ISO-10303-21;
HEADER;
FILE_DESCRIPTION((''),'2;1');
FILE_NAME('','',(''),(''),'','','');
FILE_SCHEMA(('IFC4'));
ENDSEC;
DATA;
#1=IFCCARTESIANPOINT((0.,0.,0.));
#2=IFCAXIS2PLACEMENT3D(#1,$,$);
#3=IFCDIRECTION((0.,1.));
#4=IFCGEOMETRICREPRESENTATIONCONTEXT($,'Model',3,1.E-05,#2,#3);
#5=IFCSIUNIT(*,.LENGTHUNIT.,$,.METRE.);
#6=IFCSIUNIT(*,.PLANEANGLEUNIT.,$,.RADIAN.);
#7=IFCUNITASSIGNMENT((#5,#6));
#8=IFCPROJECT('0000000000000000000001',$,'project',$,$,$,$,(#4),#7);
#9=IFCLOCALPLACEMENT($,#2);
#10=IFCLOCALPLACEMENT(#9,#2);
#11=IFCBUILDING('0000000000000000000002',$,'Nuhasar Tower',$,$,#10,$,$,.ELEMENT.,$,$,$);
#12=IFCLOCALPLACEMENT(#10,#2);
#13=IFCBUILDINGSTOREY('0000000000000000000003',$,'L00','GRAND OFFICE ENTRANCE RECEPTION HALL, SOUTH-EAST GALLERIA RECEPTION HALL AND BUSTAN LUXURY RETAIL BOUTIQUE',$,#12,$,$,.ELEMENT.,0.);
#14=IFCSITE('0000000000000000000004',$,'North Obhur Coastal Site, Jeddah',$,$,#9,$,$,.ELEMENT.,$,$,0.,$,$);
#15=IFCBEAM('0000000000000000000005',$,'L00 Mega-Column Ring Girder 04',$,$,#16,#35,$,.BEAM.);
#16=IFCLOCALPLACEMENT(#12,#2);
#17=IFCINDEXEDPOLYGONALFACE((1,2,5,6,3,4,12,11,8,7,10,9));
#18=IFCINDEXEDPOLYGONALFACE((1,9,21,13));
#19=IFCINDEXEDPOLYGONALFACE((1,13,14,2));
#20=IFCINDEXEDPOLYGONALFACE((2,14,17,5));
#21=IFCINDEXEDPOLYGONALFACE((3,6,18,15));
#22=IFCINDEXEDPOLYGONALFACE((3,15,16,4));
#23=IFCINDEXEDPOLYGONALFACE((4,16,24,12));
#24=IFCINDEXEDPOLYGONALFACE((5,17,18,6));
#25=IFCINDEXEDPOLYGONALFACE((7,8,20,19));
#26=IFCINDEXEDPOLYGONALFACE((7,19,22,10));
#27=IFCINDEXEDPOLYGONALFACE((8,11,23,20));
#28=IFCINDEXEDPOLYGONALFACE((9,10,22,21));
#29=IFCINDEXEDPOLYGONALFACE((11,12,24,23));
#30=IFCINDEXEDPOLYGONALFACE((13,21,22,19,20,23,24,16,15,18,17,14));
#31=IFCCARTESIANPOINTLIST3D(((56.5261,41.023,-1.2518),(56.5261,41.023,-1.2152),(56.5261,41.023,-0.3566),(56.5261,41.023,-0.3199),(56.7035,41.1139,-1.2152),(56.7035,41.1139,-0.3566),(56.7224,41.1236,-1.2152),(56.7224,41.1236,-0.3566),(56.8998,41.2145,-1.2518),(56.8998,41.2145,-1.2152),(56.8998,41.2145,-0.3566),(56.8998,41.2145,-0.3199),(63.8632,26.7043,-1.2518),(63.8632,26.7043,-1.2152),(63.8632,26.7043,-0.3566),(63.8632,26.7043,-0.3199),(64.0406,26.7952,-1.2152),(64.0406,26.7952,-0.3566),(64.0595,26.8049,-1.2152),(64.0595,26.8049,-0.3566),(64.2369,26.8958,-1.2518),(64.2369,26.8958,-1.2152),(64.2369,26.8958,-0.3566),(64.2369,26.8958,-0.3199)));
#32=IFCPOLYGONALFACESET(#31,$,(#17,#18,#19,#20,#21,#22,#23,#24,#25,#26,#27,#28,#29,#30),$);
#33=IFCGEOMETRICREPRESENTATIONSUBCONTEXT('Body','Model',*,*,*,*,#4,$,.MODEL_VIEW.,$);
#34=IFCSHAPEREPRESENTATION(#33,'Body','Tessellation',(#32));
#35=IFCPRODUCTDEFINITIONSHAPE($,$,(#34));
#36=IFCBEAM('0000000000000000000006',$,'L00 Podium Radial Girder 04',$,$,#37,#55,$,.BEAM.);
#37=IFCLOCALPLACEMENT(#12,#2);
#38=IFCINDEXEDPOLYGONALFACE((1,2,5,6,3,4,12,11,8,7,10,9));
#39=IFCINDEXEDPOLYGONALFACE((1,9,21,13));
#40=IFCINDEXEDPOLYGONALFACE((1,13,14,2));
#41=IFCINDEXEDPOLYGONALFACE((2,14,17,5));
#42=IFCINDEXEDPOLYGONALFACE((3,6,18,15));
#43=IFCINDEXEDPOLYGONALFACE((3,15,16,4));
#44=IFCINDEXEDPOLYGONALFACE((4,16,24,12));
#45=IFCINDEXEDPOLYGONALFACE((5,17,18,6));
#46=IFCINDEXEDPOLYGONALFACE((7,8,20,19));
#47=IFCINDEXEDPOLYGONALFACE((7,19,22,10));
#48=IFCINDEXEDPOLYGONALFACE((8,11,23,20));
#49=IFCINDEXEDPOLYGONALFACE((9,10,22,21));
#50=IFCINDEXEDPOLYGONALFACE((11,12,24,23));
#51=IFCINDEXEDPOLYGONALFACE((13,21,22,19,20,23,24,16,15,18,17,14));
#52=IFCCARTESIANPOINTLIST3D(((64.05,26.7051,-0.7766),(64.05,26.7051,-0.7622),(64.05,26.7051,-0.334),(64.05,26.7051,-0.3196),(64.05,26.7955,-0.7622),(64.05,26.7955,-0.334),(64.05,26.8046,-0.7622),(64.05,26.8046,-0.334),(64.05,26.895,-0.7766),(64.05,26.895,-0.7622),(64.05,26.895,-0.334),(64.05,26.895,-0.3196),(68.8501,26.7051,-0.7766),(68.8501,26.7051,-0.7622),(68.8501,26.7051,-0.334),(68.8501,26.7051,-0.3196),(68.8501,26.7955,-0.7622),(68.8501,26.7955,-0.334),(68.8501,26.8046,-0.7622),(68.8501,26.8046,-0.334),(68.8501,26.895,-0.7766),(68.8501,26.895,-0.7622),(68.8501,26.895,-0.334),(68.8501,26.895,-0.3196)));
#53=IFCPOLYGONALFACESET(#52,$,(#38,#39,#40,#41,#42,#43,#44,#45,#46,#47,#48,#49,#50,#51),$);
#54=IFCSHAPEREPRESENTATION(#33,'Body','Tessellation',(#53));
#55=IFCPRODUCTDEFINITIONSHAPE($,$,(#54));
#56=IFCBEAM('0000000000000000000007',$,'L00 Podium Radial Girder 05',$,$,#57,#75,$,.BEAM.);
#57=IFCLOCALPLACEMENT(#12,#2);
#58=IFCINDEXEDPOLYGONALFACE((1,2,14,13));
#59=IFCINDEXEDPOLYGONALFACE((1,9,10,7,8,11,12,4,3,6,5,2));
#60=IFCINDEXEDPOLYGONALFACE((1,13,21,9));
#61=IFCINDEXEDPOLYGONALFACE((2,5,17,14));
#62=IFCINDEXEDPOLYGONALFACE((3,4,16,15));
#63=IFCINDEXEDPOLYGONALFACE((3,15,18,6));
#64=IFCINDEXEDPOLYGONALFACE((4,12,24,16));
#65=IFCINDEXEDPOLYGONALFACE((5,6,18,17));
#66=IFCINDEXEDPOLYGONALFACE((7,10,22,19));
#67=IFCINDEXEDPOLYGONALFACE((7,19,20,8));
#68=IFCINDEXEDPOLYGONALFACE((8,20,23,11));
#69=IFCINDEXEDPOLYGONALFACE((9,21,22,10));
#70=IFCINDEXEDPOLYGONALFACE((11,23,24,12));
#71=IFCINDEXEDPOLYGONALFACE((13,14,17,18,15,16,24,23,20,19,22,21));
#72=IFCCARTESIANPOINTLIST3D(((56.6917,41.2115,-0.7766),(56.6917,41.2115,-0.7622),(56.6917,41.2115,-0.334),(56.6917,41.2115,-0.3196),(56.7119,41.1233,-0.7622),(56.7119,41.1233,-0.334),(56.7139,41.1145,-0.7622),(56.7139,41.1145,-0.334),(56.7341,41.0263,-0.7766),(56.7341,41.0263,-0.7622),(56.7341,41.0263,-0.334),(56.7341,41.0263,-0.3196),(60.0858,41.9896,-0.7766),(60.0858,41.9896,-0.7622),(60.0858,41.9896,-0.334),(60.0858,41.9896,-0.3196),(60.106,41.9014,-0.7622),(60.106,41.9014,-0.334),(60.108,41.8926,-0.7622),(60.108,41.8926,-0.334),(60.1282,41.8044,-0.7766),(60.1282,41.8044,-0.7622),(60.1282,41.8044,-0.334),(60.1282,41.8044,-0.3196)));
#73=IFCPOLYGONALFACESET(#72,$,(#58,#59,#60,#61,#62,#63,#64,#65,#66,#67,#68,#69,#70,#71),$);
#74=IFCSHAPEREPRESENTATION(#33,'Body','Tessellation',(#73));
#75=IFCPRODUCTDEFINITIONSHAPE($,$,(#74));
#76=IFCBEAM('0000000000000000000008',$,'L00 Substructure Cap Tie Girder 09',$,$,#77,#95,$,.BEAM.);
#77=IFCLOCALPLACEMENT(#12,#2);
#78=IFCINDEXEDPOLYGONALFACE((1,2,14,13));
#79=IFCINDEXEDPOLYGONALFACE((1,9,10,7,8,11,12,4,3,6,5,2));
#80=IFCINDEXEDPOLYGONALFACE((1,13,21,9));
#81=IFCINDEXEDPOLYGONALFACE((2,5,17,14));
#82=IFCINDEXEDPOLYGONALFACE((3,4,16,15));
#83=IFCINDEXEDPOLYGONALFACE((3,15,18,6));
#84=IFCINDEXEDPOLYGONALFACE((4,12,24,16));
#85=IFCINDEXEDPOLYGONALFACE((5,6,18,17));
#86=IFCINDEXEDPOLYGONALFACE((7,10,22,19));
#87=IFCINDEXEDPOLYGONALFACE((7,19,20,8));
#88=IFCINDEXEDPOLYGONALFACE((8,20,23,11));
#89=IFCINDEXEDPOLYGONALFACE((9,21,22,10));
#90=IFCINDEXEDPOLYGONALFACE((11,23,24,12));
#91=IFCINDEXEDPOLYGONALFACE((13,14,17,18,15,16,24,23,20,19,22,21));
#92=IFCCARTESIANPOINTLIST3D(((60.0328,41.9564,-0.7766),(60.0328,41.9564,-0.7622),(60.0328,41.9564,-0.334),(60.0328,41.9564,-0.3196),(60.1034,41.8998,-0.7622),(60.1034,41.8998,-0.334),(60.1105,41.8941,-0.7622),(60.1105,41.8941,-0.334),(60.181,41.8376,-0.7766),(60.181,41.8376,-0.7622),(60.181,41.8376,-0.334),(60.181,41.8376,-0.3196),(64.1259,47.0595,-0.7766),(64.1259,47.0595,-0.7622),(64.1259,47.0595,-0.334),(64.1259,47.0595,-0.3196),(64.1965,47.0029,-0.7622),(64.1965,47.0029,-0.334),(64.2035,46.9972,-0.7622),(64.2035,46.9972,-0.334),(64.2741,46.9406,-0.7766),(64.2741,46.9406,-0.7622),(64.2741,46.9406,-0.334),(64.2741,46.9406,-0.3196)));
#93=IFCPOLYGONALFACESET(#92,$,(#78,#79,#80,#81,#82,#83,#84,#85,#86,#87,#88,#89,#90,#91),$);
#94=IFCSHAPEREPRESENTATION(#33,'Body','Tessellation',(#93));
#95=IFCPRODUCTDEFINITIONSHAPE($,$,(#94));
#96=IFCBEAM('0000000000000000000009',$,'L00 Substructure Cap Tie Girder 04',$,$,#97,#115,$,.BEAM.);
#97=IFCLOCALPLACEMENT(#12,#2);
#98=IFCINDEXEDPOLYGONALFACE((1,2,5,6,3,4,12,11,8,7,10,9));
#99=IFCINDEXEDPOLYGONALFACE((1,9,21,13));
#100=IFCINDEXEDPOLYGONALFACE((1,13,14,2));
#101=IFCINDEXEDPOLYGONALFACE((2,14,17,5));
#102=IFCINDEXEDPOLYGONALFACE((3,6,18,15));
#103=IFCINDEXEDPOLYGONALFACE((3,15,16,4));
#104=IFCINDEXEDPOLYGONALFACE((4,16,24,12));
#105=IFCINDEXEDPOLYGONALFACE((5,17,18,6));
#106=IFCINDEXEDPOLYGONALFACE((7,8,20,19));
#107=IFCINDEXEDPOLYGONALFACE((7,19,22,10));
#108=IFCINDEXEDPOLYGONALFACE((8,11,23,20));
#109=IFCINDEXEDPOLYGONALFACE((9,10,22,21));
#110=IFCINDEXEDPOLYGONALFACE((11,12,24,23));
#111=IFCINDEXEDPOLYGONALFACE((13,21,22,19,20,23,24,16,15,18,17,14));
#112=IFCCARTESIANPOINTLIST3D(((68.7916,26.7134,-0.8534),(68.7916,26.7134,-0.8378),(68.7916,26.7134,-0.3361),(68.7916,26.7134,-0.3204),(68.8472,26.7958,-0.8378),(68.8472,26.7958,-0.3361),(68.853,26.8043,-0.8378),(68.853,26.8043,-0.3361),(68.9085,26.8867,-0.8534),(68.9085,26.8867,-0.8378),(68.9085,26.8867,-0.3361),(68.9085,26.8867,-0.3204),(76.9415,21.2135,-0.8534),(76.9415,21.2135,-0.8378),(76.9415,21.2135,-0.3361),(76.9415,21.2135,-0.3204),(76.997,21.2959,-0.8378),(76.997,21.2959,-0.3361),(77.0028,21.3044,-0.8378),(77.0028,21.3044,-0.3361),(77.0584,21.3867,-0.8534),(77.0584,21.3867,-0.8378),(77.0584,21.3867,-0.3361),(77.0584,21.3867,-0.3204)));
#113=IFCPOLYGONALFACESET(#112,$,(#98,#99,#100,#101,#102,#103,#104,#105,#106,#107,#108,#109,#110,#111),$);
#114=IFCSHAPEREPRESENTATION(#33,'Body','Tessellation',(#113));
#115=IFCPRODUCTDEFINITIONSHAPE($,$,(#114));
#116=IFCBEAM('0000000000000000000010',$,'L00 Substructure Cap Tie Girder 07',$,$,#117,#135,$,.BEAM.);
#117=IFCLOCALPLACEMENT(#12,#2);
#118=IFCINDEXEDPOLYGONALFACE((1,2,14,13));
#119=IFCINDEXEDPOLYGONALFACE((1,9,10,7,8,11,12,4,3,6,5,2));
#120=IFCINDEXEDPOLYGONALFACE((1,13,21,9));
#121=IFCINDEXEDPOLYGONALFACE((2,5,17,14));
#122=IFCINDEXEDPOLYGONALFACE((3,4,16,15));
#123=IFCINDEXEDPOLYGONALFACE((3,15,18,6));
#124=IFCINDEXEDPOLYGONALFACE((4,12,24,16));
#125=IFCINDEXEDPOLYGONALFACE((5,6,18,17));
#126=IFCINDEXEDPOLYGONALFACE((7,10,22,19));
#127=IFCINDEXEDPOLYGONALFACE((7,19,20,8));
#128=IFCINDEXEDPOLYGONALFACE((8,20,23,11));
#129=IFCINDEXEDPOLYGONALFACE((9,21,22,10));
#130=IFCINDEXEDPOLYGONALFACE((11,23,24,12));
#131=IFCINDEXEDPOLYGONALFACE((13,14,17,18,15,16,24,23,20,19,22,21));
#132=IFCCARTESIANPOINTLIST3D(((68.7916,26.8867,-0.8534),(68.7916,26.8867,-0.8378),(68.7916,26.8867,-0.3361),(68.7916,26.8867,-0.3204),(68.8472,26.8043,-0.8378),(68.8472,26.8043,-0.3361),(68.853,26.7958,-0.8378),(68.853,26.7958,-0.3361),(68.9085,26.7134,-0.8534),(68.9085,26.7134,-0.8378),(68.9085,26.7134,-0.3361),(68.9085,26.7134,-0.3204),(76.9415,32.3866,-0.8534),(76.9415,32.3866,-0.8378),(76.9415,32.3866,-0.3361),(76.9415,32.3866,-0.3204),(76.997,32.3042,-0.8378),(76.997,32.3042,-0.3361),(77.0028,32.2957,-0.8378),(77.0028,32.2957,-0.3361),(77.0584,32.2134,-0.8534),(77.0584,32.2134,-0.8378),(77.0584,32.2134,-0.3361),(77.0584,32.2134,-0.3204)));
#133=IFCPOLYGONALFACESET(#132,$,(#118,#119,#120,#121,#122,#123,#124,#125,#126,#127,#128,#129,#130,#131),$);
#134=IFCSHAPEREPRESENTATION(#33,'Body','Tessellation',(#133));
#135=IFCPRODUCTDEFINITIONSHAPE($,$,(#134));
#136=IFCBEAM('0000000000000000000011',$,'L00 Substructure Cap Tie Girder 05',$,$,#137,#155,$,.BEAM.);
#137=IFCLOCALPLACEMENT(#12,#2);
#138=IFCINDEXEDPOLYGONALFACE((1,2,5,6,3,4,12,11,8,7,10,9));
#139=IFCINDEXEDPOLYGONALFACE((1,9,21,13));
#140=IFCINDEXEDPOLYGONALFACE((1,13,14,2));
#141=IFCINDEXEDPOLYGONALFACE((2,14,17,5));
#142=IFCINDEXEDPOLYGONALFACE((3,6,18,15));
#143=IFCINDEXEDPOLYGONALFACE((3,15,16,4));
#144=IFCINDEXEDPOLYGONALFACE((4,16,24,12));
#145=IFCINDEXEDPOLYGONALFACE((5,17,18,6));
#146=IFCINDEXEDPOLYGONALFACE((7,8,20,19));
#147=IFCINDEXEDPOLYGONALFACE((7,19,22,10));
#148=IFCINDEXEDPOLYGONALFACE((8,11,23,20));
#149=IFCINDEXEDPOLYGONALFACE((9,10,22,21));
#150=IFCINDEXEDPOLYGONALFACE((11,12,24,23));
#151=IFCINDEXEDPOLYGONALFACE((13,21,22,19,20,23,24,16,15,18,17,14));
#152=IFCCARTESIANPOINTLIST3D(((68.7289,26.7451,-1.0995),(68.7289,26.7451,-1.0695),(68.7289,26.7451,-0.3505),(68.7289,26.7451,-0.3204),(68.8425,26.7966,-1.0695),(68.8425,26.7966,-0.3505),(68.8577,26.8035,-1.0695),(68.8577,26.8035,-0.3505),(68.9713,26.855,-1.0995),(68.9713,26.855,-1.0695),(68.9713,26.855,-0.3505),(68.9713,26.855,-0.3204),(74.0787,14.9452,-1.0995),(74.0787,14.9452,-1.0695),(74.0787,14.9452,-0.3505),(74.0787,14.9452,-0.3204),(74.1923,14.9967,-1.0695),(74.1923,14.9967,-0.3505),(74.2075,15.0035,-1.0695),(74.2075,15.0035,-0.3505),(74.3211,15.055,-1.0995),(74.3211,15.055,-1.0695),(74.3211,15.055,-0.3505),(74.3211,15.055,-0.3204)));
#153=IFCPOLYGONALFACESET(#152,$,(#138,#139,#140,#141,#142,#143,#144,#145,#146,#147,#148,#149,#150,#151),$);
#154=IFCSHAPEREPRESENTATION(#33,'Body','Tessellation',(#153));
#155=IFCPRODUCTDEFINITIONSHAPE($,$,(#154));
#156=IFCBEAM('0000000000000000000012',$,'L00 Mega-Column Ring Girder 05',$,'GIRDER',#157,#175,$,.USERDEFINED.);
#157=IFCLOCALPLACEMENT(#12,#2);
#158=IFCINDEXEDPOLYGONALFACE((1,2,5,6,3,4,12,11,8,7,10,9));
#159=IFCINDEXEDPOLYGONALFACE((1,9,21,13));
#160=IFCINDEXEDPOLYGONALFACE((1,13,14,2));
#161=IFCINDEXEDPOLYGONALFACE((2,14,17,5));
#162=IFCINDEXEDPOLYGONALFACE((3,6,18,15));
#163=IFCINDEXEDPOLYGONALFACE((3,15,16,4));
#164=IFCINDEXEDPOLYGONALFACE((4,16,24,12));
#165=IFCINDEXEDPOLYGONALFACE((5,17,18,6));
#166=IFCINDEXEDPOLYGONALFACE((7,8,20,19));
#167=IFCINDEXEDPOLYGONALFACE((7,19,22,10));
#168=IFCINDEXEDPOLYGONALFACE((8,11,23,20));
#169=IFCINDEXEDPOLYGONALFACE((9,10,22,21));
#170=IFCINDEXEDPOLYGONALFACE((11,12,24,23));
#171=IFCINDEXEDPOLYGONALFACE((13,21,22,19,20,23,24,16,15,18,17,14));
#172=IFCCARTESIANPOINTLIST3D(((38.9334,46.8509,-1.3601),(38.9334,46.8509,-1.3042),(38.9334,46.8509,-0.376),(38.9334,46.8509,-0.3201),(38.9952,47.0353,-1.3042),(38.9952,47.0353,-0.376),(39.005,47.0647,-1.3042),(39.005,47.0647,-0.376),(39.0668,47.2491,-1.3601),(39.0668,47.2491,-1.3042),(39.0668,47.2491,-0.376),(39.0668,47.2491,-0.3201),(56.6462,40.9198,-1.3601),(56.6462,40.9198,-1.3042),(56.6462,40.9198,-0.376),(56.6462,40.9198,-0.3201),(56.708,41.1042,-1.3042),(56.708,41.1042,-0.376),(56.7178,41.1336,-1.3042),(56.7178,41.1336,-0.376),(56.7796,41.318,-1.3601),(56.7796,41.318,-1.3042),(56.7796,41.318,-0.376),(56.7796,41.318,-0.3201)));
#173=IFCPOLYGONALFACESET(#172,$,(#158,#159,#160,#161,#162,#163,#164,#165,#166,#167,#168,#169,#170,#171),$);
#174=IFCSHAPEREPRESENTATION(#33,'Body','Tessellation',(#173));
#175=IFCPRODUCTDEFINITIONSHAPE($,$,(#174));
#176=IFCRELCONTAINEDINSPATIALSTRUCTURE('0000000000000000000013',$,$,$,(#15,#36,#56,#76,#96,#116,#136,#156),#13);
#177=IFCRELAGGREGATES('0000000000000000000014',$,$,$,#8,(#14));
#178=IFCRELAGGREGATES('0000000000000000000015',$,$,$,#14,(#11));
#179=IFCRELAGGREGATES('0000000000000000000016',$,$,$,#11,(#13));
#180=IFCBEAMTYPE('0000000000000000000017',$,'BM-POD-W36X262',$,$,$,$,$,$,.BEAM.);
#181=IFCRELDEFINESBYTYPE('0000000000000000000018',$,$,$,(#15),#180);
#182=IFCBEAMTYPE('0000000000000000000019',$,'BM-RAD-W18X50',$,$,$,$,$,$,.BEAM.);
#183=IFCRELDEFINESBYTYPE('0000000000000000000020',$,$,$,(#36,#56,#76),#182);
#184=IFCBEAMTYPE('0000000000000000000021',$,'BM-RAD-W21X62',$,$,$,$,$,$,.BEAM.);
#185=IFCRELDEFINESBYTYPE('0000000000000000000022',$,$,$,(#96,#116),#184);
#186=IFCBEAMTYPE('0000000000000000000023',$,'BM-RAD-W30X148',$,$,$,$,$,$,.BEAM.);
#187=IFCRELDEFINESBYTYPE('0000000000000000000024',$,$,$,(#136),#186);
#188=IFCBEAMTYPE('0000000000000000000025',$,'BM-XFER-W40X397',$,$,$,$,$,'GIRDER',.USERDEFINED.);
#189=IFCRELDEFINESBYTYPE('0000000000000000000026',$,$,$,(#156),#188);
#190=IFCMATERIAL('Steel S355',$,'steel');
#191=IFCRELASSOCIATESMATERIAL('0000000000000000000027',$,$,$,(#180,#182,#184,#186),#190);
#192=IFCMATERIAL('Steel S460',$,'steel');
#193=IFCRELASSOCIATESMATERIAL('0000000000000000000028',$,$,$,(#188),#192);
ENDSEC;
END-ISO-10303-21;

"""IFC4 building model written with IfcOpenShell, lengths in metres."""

from ifc_helpers import new_model, si_unit, direction, frame, origin, origin_2d, place, context, subcontext, project, spatial, i_section, extrude, material, material_profile, profile_set, type_object, element, save


model = new_model("IFC4")

# Units and contexts
model_context = context("Model", 3, precision=1e-05, world=origin(), true_north=direction((0.0, 1.0)))
body_context = subcontext(model_context, "Body", "Model", "MODEL_VIEW")
ifc_project = project(units=[si_unit("LENGTHUNIT", "METRE"), si_unit("PLANEANGLEUNIT", "RADIAN")], contexts=[model_context])

# Site, building, storey
site_placement = place(None, origin())
site = spatial("IfcSite", under=ifc_project, at=site_placement, Name="North Obhur Coastal Site, Jeddah", CompositionType="ELEMENT", RefElevation=0.0)
building_placement = place(site_placement, origin())
building = spatial("IfcBuilding", under=site, at=building_placement, Name="Nuhasar Tower", CompositionType="ELEMENT")
storey_placement = place(building_placement, origin())
storey = spatial("IfcBuildingStorey", under=building, at=storey_placement, Name="L00", Description="GRAND OFFICE ENTRANCE RECEPTION HALL, SOUTH-EAST GALLERIA RECEPTION HALL AND BUSTAN LUXURY RETAIL BOUTIQUE", CompositionType="ELEMENT", Elevation=0.0)

# Beams
ifc_material_1 = material(Name="Steel S355", Category="steel")
ifc_material_profile_1 = material_profile(ifc_material_1, i_section(OverallWidth=0.4199, OverallDepth=0.9319, WebThickness=0.0212, FlangeThickness=0.0366, at=origin_2d()), Name="W36X262")
ifc_profile_set_1 = profile_set([ifc_material_profile_1], Name="Steel S355")
beam_type_1 = type_object("IfcBeamType", Name="BM-POD-W36X262", PredefinedType="BEAM", material=ifc_profile_set_1)
beam_1_placement = place(storey_placement, frame((64.05, 26.8, -0.7859), z_axis=(-0.456029, 0.889965, 0.0), x_axis=(-0.889965, -0.456029, 0.0)))
element("IfcBeam", 1, at=beam_1_placement, inside=storey, type_object=beam_type_1, Name="L00 Mega-Column Ring Girder 04", PredefinedType="BEAM", context=body_context, shape_type="SweptSolid", body=[
    extrude(i_section(OverallWidth=0.4199, OverallDepth=0.9319, WebThickness=0.0212, FlangeThickness=0.0366, at=origin_2d()), origin(), (0.0, 0.0, 1.0), 16.0891),
])
ifc_material_profile_2 = material_profile(ifc_material_1, i_section(OverallWidth=0.1899, OverallDepth=0.457, WebThickness=0.009, FlangeThickness=0.0144, at=origin_2d()), Name="W18X50")
ifc_profile_set_2 = profile_set([ifc_material_profile_2], Name="Steel S355")
beam_type_2 = type_object("IfcBeamType", Name="BM-RAD-W18X50", PredefinedType="BEAM", material=ifc_profile_set_2)
beam_2_placement = place(storey_placement, frame((64.05, 26.8, -0.5481), z_axis=(1.0, 0.0, 0.0), x_axis=(0.0, 1.0, 0.0)))
element("IfcBeam", 2, at=beam_2_placement, inside=storey, type_object=beam_type_2, Name="L00 Podium Radial Girder 04", PredefinedType="BEAM", context=body_context, shape_type="SweptSolid", body=[
    extrude(i_section(OverallWidth=0.1899, OverallDepth=0.457, WebThickness=0.009, FlangeThickness=0.0144, at=origin_2d()), origin(), (0.0, 0.0, 1.0), 4.8),
])
beam_3_placement = place(storey_placement, frame((56.7129, 41.1189, -0.5481), z_axis=(0.974715, 0.223451, 0.0), x_axis=(-0.223451, 0.974715, 0.0)))
element("IfcBeam", 3, at=beam_3_placement, inside=storey, type_object=beam_type_2, Name="L00 Podium Radial Girder 05", PredefinedType="BEAM", context=body_context, shape_type="SweptSolid", body=[
    extrude(i_section(OverallWidth=0.1899, OverallDepth=0.457, WebThickness=0.009, FlangeThickness=0.0144, at=origin_2d()), origin(), (0.0, 0.0, 1.0), 3.4822),
])
beam_4_placement = place(storey_placement, frame((60.1069, 41.897, -0.5481), z_axis=(0.625682, 0.780078, 0.0), x_axis=(-0.780078, 0.625682, 0.0)))
element("IfcBeam", 4, at=beam_4_placement, inside=storey, type_object=beam_type_2, Name="L00 Substructure Cap Tie Girder 09", PredefinedType="BEAM", context=body_context, shape_type="SweptSolid", body=[
    extrude(i_section(OverallWidth=0.1899, OverallDepth=0.457, WebThickness=0.009, FlangeThickness=0.0144, at=origin_2d()), origin(), (0.0, 0.0, 1.0), 6.5417),
])
ifc_material_profile_3 = material_profile(ifc_material_1, i_section(OverallWidth=0.209, OverallDepth=0.533, WebThickness=0.0103, FlangeThickness=0.0156, at=origin_2d()), Name="W21X62")
ifc_profile_set_3 = profile_set([ifc_material_profile_3], Name="Steel S355")
beam_type_3 = type_object("IfcBeamType", Name="BM-RAD-W21X62", PredefinedType="BEAM", material=ifc_profile_set_3)
for number, where, z_axis, x_axis, name in (
    (5, (68.8501, 26.8, -0.5869), (0.828905, -0.55939, 0.0), (0.55939, 0.828905, 0.0), "L00 Substructure Cap Tie Girder 04"),
    (6, (68.8501, 26.8, -0.5869), (0.828905, 0.55939, 0.0), (-0.55939, 0.828905, 0.0), "L00 Substructure Cap Tie Girder 07"),
):
    element("IfcBeam", number, at=place(storey_placement, frame(where, z_axis=z_axis, x_axis=x_axis)), inside=storey, type_object=beam_type_3, Name=name, PredefinedType="BEAM", context=body_context, shape_type="SweptSolid", body=[
        extrude(i_section(OverallWidth=0.209, OverallDepth=0.533, WebThickness=0.0103, FlangeThickness=0.0156, at=origin_2d()), origin(), (0.0, 0.0, 1.0), 9.832),
    ])
ifc_material_profile_4 = material_profile(ifc_material_1, i_section(OverallWidth=0.2661, OverallDepth=0.7791, WebThickness=0.0166, FlangeThickness=0.03, at=origin_2d()), Name="W30X148")
ifc_profile_set_4 = profile_set([ifc_material_profile_4], Name="Steel S355")
beam_type_4 = type_object("IfcBeamType", Name="BM-RAD-W30X148", PredefinedType="BEAM", material=ifc_profile_set_4)
beam_5_placement = place(storey_placement, frame((68.8501, 26.8, -0.71), z_axis=(0.41292, -0.910767, 0.0), x_axis=(0.910767, 0.41292, 0.0)))
element("IfcBeam", 7, at=beam_5_placement, inside=storey, type_object=beam_type_4, Name="L00 Substructure Cap Tie Girder 05", PredefinedType="BEAM", context=body_context, shape_type="SweptSolid", body=[
    extrude(i_section(OverallWidth=0.2661, OverallDepth=0.7791, WebThickness=0.0166, FlangeThickness=0.03, at=origin_2d()), origin(), (0.0, 0.0, 1.0), 12.9561),
])
ifc_material_2 = material(Name="Steel S460", Category="steel")
ifc_material_profile_5 = material_profile(ifc_material_2, i_section(OverallWidth=0.4199, OverallDepth=1.04, WebThickness=0.031, FlangeThickness=0.0559, at=origin_2d()), Name="W40X397")
ifc_profile_set_5 = profile_set([ifc_material_profile_5], Name="Steel S460")
beam_type_5 = type_object("IfcBeamType", Name="BM-XFER-W40X397", ElementType="GIRDER", PredefinedType="USERDEFINED", material=ifc_profile_set_5)
beam_6_placement = place(storey_placement, frame((56.7129, 41.1189, -0.8401), z_axis=(-0.948251, 0.317521, 0.0), x_axis=(-0.317521, -0.948251, 0.0)))
element("IfcBeam", 8, at=beam_6_placement, inside=storey, type_object=beam_type_5, Name="L00 Mega-Column Ring Girder 05", ObjectType="GIRDER", PredefinedType="USERDEFINED", context=body_context, shape_type="SweptSolid", body=[
    extrude(i_section(OverallWidth=0.4199, OverallDepth=1.04, WebThickness=0.031, FlangeThickness=0.0559, at=origin_2d()), origin(), (0.0, 0.0, 1.0), 18.6794),
])

save(model, "model.ifc")
